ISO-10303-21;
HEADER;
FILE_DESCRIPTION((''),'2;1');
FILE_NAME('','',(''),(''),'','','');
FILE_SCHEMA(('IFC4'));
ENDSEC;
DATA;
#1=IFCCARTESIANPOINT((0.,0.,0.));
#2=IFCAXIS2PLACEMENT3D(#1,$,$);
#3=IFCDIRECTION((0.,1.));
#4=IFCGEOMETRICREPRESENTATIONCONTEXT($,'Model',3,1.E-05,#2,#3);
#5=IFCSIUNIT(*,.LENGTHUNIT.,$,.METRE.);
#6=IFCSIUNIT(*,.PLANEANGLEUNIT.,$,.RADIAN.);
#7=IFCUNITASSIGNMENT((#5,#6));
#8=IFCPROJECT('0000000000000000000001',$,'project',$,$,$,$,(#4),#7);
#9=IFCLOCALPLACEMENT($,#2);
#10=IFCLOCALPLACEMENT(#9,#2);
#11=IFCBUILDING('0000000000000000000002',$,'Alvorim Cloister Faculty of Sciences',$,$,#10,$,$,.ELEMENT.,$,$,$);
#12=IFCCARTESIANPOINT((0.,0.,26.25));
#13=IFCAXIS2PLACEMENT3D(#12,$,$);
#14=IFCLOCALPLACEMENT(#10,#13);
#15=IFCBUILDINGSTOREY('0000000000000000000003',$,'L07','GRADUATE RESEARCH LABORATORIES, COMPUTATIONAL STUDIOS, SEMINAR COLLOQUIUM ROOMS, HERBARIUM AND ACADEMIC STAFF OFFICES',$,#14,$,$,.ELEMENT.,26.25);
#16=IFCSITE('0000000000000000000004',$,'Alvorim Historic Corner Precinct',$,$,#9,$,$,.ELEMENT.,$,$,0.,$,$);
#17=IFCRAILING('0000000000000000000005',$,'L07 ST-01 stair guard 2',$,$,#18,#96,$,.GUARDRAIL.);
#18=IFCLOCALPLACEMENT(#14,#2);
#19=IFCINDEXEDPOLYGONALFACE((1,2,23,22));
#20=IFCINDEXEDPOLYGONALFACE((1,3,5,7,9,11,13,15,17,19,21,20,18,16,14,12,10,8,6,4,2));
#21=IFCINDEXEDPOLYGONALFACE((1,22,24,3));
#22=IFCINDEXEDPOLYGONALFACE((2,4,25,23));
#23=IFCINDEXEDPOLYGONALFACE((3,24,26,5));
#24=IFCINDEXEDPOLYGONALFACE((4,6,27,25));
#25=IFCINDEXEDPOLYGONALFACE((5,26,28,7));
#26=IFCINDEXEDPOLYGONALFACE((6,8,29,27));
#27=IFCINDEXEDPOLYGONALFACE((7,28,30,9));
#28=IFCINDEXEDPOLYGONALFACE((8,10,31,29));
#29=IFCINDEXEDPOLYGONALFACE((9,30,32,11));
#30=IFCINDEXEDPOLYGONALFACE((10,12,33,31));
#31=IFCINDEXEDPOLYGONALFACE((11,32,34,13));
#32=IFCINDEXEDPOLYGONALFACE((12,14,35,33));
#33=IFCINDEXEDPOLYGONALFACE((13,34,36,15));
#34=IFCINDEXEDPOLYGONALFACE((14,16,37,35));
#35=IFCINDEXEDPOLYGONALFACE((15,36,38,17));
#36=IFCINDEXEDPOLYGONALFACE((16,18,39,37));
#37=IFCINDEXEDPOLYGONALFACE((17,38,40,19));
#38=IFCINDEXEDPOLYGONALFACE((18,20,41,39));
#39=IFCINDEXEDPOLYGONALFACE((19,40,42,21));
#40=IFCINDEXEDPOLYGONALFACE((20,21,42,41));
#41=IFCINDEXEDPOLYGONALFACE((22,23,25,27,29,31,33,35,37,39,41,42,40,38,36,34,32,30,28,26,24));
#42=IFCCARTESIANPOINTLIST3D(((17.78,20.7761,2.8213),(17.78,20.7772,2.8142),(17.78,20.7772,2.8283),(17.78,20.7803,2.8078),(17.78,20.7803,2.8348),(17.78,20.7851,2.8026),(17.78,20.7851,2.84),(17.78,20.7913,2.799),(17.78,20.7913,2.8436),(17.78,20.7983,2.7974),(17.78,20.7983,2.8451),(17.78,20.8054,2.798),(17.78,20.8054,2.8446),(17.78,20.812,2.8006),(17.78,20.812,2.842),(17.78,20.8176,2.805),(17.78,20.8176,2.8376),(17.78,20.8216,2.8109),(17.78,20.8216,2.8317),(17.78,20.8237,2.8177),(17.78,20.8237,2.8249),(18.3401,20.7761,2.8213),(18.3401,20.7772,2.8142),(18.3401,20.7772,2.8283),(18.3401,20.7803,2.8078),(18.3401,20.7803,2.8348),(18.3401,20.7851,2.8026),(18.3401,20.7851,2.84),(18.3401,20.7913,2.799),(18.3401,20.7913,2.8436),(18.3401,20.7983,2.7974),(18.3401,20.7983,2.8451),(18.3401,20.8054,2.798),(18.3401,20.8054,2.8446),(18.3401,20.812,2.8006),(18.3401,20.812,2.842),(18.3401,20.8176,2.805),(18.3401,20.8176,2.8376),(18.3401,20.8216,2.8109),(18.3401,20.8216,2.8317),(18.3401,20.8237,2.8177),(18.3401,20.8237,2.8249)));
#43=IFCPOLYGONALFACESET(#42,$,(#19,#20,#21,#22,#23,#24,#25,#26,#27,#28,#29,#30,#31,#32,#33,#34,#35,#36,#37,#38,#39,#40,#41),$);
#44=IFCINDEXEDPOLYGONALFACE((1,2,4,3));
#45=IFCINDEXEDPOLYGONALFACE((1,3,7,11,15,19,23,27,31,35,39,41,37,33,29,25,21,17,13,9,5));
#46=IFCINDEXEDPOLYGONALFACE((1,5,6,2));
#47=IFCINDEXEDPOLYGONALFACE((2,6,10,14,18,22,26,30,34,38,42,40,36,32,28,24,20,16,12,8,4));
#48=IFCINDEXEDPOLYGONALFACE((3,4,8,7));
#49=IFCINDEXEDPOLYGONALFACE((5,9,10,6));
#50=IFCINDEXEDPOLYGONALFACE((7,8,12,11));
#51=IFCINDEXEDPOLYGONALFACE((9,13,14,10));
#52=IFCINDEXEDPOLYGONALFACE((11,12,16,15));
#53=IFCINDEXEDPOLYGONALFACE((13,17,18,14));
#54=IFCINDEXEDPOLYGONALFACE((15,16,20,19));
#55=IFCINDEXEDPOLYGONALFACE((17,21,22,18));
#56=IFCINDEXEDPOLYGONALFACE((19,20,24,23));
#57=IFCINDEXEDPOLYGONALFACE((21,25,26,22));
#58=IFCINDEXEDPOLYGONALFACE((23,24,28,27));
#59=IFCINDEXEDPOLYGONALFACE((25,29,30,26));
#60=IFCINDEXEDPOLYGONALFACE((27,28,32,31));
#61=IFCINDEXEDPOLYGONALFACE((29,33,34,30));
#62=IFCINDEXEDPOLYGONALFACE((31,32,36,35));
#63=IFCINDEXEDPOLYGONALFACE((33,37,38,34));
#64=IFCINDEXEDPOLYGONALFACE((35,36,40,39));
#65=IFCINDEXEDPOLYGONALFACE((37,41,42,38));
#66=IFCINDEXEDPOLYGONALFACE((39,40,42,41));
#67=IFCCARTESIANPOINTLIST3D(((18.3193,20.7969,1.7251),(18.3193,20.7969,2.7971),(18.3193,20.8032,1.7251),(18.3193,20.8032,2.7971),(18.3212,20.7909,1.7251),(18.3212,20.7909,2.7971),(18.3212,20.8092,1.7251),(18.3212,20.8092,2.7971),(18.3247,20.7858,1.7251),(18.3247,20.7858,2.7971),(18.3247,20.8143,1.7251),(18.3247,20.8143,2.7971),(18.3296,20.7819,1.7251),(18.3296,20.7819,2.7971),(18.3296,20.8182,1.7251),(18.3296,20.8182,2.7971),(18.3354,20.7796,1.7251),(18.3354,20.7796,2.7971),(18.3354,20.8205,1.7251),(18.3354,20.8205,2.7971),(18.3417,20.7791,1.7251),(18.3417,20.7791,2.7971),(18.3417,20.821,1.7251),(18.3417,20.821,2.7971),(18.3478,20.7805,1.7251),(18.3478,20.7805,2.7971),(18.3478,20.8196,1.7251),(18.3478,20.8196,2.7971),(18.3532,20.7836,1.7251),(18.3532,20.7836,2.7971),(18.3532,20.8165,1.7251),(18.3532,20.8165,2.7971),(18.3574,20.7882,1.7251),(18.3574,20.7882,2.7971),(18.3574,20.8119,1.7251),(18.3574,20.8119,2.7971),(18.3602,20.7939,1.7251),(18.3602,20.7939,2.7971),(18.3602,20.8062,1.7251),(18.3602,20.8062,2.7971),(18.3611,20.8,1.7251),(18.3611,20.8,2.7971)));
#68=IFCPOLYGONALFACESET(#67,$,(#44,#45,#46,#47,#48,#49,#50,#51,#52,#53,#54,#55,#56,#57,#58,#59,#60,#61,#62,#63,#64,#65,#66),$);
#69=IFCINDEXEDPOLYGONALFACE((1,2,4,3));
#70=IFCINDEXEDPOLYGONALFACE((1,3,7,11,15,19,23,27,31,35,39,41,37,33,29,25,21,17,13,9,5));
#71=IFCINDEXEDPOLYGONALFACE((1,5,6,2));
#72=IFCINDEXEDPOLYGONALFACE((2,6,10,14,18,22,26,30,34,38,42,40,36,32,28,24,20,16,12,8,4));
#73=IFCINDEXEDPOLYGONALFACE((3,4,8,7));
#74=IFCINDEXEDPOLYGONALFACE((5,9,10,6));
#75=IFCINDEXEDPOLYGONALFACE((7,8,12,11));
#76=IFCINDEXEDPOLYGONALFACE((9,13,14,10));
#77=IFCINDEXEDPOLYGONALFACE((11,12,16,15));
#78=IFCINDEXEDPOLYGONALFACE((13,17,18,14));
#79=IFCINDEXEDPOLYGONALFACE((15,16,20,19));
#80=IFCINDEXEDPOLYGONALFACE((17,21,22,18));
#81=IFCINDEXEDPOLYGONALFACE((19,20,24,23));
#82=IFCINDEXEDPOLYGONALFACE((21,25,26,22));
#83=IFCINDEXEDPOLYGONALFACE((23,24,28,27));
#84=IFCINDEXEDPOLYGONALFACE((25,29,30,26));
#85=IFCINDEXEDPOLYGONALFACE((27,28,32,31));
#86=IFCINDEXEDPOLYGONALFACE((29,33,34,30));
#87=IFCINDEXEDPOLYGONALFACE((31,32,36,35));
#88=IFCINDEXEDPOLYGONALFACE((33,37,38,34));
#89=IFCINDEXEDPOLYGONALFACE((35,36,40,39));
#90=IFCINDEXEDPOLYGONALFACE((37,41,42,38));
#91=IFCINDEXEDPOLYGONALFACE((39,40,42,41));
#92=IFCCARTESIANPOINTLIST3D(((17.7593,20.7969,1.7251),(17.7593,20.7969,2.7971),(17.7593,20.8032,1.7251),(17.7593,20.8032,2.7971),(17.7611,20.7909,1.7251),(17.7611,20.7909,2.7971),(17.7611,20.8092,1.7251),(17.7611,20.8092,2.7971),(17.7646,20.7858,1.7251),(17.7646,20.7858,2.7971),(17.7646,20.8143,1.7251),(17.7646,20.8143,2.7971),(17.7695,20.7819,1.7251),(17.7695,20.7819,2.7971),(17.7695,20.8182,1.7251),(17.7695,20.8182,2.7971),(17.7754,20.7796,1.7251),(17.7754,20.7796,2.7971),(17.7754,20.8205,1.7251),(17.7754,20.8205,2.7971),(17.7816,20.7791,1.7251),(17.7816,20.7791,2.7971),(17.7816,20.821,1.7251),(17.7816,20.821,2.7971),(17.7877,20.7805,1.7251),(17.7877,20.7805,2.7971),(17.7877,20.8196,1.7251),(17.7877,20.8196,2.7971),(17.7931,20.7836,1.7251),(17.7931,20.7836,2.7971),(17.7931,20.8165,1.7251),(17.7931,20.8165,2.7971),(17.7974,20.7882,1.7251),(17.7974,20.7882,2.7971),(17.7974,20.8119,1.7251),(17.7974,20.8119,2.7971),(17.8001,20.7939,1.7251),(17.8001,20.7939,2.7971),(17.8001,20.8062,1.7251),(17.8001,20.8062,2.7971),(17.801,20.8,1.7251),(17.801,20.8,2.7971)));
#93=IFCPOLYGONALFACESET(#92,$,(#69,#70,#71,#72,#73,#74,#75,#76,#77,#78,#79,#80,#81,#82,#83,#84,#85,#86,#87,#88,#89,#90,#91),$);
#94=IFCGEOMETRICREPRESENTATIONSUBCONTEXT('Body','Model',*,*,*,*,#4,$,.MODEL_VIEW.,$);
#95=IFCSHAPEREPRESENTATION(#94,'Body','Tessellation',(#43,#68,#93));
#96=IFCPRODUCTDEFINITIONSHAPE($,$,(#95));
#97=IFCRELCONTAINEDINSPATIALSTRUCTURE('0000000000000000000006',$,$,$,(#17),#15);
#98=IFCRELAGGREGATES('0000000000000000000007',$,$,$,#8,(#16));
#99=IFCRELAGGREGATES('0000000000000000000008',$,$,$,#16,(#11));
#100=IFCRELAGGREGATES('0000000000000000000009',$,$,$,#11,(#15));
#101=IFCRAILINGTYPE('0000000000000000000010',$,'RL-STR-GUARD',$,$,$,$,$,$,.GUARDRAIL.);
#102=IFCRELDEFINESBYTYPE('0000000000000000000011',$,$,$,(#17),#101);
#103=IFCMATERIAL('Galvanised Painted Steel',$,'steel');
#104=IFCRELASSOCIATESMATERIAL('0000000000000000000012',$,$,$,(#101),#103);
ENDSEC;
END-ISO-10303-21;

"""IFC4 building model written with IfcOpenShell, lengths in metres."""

from ifc_helpers import new_model, si_unit, direction, frame, origin, origin_2d, place, context, subcontext, project, spatial, circle, extrude, material, type_object, element, save


model = new_model("IFC4")

# Units and contexts
model_context = context("Model", 3, precision=1e-05, world=origin(), true_north=direction((0.0, 1.0)))
body_context = subcontext(model_context, "Body", "Model", "MODEL_VIEW")
ifc_project = project(units=[si_unit("LENGTHUNIT", "METRE"), si_unit("PLANEANGLEUNIT", "RADIAN")], contexts=[model_context])

# Site, building, storey
site_placement = place(None, origin())
site = spatial("IfcSite", under=ifc_project, at=site_placement, Name="Alvorim Historic Corner Precinct", CompositionType="ELEMENT", RefElevation=0.0)
building_placement = place(site_placement, origin())
building = spatial("IfcBuilding", under=site, at=building_placement, Name="Alvorim Cloister Faculty of Sciences", CompositionType="ELEMENT")
storey_placement = place(building_placement, frame((0.0, 0.0, 26.25)))
storey = spatial("IfcBuildingStorey", under=building, at=storey_placement, Name="L07", Description="GRADUATE RESEARCH LABORATORIES, COMPUTATIONAL STUDIOS, SEMINAR COLLOQUIUM ROOMS, HERBARIUM AND ACADEMIC STAFF OFFICES", CompositionType="ELEMENT", Elevation=26.25)

# Railing
ifc_material_1 = material(Name="Galvanised Painted Steel", Category="steel")
railing_type_1 = type_object("IfcRailingType", Name="RL-STR-GUARD", PredefinedType="GUARDRAIL", material=ifc_material_1)
railing_1_placement = place(storey_placement, frame((18.3401, 20.8, 1.7251)))
element("IfcRailing", 1, at=railing_1_placement, inside=storey, type_object=railing_type_1, Name="L07 ST-01 stair guard 2", PredefinedType="GUARDRAIL", context=body_context, shape_type="SweptSolid", body=[
    extrude(circle(Radius=0.0239, at=origin_2d()), frame((0.0, 0.0, 1.0962), z_axis=(-1.0, 0.0, 0.0), x_axis=(0.0, -1.0, 0.0)), (0.0, 0.0, 1.0), 0.5601),
    extrude(circle(Radius=0.021, at=origin_2d()), origin(), (0.0, 0.0, 1.0), 1.072),
    extrude(circle(Radius=0.021, at=origin_2d()), frame((-0.5601, 0.0, 0.0)), (0.0, 0.0, 1.0), 1.072),
])

save(model, "model.ifc")
